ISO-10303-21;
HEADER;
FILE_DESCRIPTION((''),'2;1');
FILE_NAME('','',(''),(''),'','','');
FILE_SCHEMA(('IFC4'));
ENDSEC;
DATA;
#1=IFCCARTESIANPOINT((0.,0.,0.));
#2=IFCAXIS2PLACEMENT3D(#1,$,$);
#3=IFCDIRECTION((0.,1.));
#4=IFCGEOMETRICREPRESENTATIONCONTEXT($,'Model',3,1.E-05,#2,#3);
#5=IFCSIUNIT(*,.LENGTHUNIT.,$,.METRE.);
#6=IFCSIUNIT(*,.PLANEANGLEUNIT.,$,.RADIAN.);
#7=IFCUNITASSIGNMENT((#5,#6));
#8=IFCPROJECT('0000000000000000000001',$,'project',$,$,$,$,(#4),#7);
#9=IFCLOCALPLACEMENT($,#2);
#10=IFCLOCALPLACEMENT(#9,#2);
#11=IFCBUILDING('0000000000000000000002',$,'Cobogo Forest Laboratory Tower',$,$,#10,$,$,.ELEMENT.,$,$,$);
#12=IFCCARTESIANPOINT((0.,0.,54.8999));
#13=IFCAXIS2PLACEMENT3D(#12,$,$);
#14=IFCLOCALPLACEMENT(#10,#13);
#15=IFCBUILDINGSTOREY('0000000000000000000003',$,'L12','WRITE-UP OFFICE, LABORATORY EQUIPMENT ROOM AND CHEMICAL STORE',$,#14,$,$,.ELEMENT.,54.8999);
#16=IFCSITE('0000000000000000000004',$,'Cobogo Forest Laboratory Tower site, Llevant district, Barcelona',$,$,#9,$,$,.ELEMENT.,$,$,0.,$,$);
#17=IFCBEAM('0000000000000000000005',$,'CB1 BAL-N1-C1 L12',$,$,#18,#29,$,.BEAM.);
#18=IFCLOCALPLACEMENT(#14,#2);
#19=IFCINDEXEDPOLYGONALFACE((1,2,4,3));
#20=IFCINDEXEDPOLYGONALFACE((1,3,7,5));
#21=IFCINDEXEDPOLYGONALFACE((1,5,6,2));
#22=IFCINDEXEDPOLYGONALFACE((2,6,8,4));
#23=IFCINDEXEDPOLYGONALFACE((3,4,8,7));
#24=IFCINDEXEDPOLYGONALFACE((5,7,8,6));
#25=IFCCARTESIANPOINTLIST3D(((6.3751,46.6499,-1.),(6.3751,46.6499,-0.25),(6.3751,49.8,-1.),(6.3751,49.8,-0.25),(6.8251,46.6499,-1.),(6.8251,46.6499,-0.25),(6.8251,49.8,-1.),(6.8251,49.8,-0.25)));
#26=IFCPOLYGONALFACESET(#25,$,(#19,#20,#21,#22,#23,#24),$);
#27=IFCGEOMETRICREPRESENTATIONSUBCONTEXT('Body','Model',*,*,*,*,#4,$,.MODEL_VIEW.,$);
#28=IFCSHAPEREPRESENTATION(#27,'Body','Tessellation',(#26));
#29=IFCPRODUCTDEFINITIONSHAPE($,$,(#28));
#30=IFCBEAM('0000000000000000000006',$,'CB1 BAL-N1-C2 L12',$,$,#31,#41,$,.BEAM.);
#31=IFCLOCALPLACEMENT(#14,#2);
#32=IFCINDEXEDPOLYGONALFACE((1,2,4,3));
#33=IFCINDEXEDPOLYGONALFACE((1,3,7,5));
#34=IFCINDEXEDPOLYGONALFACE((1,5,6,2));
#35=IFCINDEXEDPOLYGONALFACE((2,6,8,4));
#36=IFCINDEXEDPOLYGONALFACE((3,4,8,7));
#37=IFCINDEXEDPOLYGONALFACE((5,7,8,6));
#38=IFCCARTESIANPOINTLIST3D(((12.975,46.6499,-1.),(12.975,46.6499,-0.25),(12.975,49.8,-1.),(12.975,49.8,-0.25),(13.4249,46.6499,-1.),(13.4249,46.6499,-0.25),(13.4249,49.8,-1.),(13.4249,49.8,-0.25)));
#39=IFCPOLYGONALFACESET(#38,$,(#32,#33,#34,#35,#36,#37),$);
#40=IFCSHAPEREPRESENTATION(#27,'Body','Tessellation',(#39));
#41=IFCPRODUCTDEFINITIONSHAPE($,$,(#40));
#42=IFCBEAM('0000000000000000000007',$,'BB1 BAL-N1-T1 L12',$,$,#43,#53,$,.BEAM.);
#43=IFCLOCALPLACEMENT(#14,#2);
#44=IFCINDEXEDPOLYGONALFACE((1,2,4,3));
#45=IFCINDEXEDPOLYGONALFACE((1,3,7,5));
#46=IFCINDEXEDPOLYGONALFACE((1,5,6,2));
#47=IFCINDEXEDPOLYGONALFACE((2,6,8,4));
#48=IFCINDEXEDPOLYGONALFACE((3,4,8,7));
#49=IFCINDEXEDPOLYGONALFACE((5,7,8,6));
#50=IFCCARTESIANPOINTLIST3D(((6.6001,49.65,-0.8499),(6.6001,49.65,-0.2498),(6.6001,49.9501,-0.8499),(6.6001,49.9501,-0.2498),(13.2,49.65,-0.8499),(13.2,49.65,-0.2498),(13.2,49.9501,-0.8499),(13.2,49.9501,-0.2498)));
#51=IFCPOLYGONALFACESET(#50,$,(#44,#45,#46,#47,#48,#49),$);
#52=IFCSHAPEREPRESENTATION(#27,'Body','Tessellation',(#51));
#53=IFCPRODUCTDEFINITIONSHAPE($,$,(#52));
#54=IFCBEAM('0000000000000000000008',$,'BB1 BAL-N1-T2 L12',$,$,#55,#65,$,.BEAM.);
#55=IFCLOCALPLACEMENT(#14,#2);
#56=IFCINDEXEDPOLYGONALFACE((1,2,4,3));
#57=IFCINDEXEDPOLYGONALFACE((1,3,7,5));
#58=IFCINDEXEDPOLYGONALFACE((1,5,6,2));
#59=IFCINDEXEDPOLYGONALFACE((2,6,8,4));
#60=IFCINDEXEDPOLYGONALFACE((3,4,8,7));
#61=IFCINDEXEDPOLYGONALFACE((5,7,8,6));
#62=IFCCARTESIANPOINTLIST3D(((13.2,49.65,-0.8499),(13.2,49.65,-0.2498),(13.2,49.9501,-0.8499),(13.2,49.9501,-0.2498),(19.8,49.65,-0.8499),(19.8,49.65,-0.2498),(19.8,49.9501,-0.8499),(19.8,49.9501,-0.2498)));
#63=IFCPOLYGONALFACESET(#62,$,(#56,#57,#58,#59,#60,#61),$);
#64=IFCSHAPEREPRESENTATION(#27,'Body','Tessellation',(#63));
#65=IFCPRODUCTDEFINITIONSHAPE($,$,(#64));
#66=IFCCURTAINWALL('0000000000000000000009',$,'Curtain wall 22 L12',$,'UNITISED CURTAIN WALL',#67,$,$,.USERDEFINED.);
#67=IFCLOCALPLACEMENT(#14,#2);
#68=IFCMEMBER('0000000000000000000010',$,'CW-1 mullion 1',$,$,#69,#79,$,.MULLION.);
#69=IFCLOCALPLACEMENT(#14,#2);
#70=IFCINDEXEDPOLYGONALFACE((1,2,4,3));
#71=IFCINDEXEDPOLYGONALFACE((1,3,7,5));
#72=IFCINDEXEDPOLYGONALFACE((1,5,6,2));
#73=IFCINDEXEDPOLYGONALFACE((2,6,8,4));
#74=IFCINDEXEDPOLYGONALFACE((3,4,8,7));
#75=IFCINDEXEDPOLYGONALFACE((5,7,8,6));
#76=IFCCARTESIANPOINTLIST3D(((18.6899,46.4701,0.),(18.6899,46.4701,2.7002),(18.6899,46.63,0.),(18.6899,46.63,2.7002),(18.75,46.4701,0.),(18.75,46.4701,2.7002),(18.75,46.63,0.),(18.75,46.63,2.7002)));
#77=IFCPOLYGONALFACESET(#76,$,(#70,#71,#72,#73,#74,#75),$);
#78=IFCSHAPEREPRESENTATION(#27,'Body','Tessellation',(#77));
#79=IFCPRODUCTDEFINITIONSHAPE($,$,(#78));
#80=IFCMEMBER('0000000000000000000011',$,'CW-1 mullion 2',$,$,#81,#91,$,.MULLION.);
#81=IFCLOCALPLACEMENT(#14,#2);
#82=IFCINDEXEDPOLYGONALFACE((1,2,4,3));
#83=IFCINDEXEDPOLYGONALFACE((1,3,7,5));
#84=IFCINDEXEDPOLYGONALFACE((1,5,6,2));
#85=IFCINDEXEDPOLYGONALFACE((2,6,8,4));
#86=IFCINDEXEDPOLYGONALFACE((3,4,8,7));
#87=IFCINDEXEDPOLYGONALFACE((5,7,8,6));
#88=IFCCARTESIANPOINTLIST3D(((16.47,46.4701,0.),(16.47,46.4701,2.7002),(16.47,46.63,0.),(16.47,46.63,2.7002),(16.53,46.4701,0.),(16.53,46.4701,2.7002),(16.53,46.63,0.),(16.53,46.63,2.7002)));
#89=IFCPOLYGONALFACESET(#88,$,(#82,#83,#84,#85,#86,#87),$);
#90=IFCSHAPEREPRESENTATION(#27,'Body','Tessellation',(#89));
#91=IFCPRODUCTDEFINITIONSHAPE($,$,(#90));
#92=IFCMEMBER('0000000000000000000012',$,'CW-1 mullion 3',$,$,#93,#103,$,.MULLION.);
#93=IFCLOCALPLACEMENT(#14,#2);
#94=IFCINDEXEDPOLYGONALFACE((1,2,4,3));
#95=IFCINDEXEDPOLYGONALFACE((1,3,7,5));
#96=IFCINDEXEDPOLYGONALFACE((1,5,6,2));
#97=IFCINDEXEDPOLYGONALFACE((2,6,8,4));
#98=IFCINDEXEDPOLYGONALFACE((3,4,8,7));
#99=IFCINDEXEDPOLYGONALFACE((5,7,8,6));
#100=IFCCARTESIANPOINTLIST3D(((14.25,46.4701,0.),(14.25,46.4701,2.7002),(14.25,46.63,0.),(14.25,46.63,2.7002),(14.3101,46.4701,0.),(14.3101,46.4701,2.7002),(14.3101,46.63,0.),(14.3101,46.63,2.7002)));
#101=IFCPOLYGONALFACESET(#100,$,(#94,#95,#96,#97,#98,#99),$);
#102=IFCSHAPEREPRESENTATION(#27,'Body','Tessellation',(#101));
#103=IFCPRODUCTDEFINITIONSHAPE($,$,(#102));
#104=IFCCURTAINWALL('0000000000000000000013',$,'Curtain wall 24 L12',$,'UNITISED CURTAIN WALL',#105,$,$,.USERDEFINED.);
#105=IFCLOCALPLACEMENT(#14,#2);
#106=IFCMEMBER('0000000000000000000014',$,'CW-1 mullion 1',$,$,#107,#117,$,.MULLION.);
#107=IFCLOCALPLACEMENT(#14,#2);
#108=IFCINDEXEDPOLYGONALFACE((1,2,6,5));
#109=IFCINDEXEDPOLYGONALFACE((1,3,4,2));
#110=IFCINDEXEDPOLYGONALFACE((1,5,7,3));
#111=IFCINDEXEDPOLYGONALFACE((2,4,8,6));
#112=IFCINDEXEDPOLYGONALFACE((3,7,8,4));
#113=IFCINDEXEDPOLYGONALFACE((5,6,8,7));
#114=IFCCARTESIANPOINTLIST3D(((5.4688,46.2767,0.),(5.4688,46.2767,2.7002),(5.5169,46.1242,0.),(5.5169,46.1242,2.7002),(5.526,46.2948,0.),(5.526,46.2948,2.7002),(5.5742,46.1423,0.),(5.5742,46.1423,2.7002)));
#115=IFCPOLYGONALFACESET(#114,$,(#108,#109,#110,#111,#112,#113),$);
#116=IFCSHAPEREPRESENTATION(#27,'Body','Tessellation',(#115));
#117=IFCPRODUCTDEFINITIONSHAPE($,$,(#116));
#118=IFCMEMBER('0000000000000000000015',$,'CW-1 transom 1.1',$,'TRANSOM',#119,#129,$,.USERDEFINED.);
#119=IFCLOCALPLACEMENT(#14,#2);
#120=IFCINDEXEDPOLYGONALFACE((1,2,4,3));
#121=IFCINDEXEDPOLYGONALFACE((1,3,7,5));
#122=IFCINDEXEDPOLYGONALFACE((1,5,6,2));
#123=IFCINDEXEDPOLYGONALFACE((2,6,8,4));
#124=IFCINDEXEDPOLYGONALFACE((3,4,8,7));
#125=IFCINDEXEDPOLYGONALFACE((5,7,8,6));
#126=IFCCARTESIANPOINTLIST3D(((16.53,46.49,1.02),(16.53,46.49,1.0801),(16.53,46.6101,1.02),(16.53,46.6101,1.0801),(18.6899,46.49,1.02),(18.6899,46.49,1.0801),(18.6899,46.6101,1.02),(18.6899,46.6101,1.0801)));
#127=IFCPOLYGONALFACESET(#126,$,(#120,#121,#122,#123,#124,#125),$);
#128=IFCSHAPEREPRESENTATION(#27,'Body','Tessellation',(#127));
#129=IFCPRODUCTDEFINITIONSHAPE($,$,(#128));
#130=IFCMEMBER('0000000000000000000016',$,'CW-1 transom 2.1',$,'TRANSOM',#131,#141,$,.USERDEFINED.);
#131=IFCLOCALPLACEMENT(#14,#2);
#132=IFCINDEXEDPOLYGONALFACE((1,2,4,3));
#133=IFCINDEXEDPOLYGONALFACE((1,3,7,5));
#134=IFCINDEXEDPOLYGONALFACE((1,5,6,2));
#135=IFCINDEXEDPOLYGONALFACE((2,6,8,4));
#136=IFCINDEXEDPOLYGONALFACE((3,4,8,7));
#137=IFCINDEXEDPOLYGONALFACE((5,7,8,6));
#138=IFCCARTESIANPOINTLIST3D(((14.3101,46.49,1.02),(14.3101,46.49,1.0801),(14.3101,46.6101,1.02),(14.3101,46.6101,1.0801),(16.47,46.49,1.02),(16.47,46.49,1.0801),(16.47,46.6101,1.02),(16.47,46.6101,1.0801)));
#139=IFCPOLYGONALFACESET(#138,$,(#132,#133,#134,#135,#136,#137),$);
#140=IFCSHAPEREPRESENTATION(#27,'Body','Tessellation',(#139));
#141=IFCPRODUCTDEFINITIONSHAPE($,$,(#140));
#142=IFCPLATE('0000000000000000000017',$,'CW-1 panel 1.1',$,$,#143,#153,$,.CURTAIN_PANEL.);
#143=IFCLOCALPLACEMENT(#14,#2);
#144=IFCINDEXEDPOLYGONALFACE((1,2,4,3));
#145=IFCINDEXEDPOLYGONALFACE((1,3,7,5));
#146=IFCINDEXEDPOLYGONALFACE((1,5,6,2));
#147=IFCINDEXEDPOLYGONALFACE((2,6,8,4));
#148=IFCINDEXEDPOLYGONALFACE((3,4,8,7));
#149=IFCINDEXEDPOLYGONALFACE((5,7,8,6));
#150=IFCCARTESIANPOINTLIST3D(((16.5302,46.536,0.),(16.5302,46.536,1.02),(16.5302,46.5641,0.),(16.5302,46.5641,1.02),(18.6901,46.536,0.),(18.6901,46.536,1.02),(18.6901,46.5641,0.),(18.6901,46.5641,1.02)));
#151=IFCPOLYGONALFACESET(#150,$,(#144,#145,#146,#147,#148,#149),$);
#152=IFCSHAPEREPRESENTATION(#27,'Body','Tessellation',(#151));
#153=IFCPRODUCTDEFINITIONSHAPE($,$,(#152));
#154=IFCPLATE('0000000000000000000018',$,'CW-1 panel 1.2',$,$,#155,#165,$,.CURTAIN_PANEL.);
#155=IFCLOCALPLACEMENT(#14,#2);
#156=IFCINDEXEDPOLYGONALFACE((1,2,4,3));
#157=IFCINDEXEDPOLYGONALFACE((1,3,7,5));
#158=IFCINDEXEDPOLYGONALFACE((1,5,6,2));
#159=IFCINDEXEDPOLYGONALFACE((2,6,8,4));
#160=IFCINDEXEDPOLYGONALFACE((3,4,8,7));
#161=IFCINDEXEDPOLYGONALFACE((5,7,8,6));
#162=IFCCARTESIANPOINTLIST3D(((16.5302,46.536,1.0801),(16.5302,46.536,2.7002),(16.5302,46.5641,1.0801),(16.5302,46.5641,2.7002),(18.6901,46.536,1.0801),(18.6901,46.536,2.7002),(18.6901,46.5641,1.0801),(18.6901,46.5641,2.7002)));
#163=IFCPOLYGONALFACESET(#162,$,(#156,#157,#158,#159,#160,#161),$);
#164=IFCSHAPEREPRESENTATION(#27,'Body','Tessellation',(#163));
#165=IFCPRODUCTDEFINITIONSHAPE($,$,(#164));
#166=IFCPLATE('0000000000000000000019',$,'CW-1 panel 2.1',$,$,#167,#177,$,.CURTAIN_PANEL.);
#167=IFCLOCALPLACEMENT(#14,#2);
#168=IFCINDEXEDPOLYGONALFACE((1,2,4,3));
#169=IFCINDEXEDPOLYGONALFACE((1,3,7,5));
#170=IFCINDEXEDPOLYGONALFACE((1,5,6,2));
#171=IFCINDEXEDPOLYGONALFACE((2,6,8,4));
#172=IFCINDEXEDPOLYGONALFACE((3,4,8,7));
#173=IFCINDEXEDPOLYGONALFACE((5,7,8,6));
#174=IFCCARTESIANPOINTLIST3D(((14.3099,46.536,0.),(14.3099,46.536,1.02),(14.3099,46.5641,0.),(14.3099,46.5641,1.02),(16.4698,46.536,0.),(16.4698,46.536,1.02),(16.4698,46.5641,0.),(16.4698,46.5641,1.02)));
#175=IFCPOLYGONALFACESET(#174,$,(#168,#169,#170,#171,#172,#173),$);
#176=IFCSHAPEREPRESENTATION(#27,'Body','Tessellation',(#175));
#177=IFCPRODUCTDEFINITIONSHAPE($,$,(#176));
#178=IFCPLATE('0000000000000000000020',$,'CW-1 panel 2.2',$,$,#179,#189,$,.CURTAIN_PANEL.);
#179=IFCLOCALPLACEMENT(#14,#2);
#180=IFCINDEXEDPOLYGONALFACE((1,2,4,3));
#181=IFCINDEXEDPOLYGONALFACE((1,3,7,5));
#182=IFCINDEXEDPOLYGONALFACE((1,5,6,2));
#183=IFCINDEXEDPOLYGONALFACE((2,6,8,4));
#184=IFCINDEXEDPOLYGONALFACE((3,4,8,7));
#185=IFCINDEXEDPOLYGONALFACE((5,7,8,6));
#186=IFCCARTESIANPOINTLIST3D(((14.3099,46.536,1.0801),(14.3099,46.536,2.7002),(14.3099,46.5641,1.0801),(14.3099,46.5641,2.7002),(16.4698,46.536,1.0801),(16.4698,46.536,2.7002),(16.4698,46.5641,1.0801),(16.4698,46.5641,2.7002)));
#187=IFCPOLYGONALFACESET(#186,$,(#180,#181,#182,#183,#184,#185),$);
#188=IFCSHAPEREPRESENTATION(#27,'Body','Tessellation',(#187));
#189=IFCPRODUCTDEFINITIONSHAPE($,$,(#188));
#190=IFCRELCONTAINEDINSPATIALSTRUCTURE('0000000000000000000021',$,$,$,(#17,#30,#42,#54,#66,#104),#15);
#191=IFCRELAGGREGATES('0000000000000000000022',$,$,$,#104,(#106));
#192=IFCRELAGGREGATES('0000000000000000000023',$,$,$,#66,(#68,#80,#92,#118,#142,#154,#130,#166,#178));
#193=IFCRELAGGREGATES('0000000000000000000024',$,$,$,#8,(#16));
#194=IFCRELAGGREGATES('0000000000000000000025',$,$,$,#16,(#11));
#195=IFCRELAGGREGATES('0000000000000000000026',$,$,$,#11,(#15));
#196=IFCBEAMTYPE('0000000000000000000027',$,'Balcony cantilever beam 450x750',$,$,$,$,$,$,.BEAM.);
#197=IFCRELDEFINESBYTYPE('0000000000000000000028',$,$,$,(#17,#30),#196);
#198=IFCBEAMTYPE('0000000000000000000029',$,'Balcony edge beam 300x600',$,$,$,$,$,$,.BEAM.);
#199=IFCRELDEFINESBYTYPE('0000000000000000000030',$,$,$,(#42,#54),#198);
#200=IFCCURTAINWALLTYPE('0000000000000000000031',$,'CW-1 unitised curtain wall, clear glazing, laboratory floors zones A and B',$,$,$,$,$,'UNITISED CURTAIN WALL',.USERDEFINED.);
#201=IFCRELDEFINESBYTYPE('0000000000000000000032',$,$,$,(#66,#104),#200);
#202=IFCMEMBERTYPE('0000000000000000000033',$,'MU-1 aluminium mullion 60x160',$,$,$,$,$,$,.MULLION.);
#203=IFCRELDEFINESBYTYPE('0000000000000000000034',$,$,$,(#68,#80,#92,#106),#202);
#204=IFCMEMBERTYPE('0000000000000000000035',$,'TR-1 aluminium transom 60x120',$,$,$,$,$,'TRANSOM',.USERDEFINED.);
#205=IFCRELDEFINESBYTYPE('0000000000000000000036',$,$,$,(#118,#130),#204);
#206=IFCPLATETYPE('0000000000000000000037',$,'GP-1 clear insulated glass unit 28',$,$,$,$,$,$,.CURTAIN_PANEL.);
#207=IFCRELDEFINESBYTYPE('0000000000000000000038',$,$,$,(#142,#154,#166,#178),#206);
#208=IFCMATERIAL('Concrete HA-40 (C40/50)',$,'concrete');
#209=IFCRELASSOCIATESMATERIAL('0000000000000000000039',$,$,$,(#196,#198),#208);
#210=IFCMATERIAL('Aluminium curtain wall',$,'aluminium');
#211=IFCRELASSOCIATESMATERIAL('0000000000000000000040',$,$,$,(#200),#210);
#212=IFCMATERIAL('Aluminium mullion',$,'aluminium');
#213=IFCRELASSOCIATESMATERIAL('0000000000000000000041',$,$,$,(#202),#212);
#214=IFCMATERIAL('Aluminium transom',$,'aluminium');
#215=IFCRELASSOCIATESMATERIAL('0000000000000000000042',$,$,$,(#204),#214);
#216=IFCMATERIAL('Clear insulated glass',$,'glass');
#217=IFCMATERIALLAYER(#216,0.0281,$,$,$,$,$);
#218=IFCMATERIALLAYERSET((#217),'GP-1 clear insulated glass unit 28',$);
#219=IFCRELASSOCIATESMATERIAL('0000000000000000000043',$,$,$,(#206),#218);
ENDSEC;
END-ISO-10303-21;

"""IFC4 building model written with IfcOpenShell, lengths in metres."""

from ifc_helpers import new_model, si_unit, direction, frame, origin, origin_2d, place, context, subcontext, project, spatial, rectangle, extrude, material, layer, layer_set, material_profile, profile_set, type_object, element, aggregate, save


model = new_model("IFC4")

# Units and contexts
model_context = context("Model", 3, precision=1e-05, world=origin(), true_north=direction((0.0, 1.0)))
body_context = subcontext(model_context, "Body", "Model", "MODEL_VIEW")
ifc_project = project(units=[si_unit("LENGTHUNIT", "METRE"), si_unit("PLANEANGLEUNIT", "RADIAN")], contexts=[model_context])

# Site, building, storey
site_placement = place(None, origin())
site = spatial("IfcSite", under=ifc_project, at=site_placement, Name="Cobogo Forest Laboratory Tower site, Llevant district, Barcelona", CompositionType="ELEMENT", RefElevation=0.0)
building_placement = place(site_placement, origin())
building = spatial("IfcBuilding", under=site, at=building_placement, Name="Cobogo Forest Laboratory Tower", CompositionType="ELEMENT")
storey_placement = place(building_placement, frame((0.0, 0.0, 54.8999)))
storey = spatial("IfcBuildingStorey", under=building, at=storey_placement, Name="L12", Description="WRITE-UP OFFICE, LABORATORY EQUIPMENT ROOM AND CHEMICAL STORE", CompositionType="ELEMENT", Elevation=54.8999)

# Beams
ifc_material_1 = material(Name="Concrete HA-40 (C40/50)", Category="concrete")
ifc_material_profile_1 = material_profile(ifc_material_1, rectangle(XDim=0.45, YDim=0.75, at=origin_2d()), Name="RC 450x750")
ifc_profile_set_1 = profile_set([ifc_material_profile_1], Name="Concrete HA-40 (C40/50)")
beam_type_1 = type_object("IfcBeamType", Name="Balcony cantilever beam 450x750", PredefinedType="BEAM", material=ifc_profile_set_1)
for number, where, z_axis, x_axis, name in (
    (1, (6.6001, 46.6499, -0.625), (0.0, 1.0, 0.0), (-1.0, 0.0, 0.0), "CB1 BAL-N1-C1 L12"),
    (2, (13.2, 46.6499, -0.625), (0.0, 1.0, 0.0), (-1.0, 0.0, 0.0), "CB1 BAL-N1-C2 L12"),
):
    element("IfcBeam", number, at=place(storey_placement, frame(where, z_axis=z_axis, x_axis=x_axis)), inside=storey, type_object=beam_type_1, Name=name, PredefinedType="BEAM", context=body_context, shape_type="SweptSolid", body=[
        extrude(rectangle(XDim=0.45, YDim=0.75, at=origin_2d()), origin(), (0.0, 0.0, 1.0), 3.1501),
    ])
ifc_material_profile_2 = material_profile(ifc_material_1, rectangle(XDim=0.3, YDim=0.6001, at=origin_2d()), Name="RC 300x600")
ifc_profile_set_2 = profile_set([ifc_material_profile_2], Name="Concrete HA-40 (C40/50)")
beam_type_2 = type_object("IfcBeamType", Name="Balcony edge beam 300x600", PredefinedType="BEAM", material=ifc_profile_set_2)
beam_1_placement = place(storey_placement, frame((6.6001, 49.8, -0.5498), z_axis=(1.0, 0.0, 0.0), x_axis=(0.0, 1.0, 0.0)))
element("IfcBeam", 3, at=beam_1_placement, inside=storey, type_object=beam_type_2, Name="BB1 BAL-N1-T1 L12", PredefinedType="BEAM", context=body_context, shape_type="SweptSolid", body=[
    extrude(rectangle(XDim=0.3, YDim=0.6001, at=origin_2d()), origin(), (0.0, 0.0, 1.0), 6.5999),
])
beam_2_placement = place(storey_placement, frame((13.2, 49.8, -0.5498), z_axis=(1.0, 0.0, 0.0), x_axis=(0.0, 1.0, 0.0)))
element("IfcBeam", 4, at=beam_2_placement, inside=storey, type_object=beam_type_2, Name="BB1 BAL-N1-T2 L12", PredefinedType="BEAM", context=body_context, shape_type="SweptSolid", body=[
    extrude(rectangle(XDim=0.3, YDim=0.6001, at=origin_2d()), origin(), (0.0, 0.0, 1.0), 6.6001),
])

# Curtain wall, members
ifc_material_2 = material(Name="Aluminium curtain wall", Category="aluminium")
curtain_wall_type = type_object("IfcCurtainWallType", Name="CW-1 unitised curtain wall, clear glazing, laboratory floors zones A and B", ElementType="UNITISED CURTAIN WALL", PredefinedType="USERDEFINED", material=ifc_material_2)
curtain_wall_1_placement = place(storey_placement, origin())
curtain_wall_1 = element("IfcCurtainWall", 5, at=curtain_wall_1_placement, inside=storey, type_object=curtain_wall_type, Name="Curtain wall 22 L12", ObjectType="UNITISED CURTAIN WALL", PredefinedType="USERDEFINED")
ifc_material_3 = material(Name="Aluminium mullion", Category="aluminium")
ifc_material_profile_3 = material_profile(ifc_material_3, rectangle(XDim=0.0601, YDim=0.1599, at=origin_2d()), Name="AL 60x160")
ifc_profile_set_3 = profile_set([ifc_material_profile_3], Name="Aluminium mullion")
member_type_1 = type_object("IfcMemberType", Name="MU-1 aluminium mullion 60x160", PredefinedType="MULLION", material=ifc_profile_set_3)
member_1_placement = place(storey_placement, frame((18.72, 46.55, 0.0), z_axis=(0.0, 0.0, 1.0), x_axis=(-1.0, 0.0, 0.0)))
member_1 = element("IfcMember", 6, at=member_1_placement, type_object=member_type_1, Name="CW-1 mullion 1", PredefinedType="MULLION", context=body_context, shape_type="SweptSolid", body=[
    extrude(rectangle(XDim=0.0601, YDim=0.1599, at=origin_2d()), origin(), (0.0, 0.0, 1.0), 2.7002),
])
member_2_placement = place(storey_placement, frame((16.5, 46.55, 0.0), z_axis=(0.0, 0.0, 1.0), x_axis=(-1.0, 0.0, 0.0)))
member_2 = element("IfcMember", 7, at=member_2_placement, type_object=member_type_1, Name="CW-1 mullion 2", PredefinedType="MULLION", context=body_context, shape_type="SweptSolid", body=[
    extrude(rectangle(XDim=0.0601, YDim=0.1599, at=origin_2d()), origin(), (0.0, 0.0, 1.0), 2.7002),
])
member_3_placement = place(storey_placement, frame((14.28, 46.55, 0.0), z_axis=(0.0, 0.0, 1.0), x_axis=(-1.0, 0.0, 0.0)))
member_3 = element("IfcMember", 8, at=member_3_placement, type_object=member_type_1, Name="CW-1 mullion 3", PredefinedType="MULLION", context=body_context, shape_type="SweptSolid", body=[
    extrude(rectangle(XDim=0.0601, YDim=0.1599, at=origin_2d()), origin(), (0.0, 0.0, 1.0), 2.7002),
])

# Curtain wall, member
curtain_wall_2_placement = place(storey_placement, origin())
curtain_wall_2 = element("IfcCurtainWall", 9, at=curtain_wall_2_placement, inside=storey, type_object=curtain_wall_type, Name="Curtain wall 24 L12", ObjectType="UNITISED CURTAIN WALL", PredefinedType="USERDEFINED")
member_4_placement = place(storey_placement, frame((5.5215, 46.2095, 0.0), z_axis=(0.0, 0.0, 1.0), x_axis=(-0.953582, -0.301135, 0.0)))
member_4 = element("IfcMember", 10, at=member_4_placement, type_object=member_type_1, Name="CW-1 mullion 1", PredefinedType="MULLION", context=body_context, shape_type="SweptSolid", body=[
    extrude(rectangle(XDim=0.0601, YDim=0.1599, at=origin_2d()), origin(), (0.0, 0.0, 1.0), 2.7002),
])
aggregate(curtain_wall_2, [member_4])

# Members
ifc_material_4 = material(Name="Aluminium transom", Category="aluminium")
ifc_material_profile_4 = material_profile(ifc_material_4, rectangle(XDim=0.1201, YDim=0.0601, at=origin_2d()), Name="AL 60x120")
ifc_profile_set_4 = profile_set([ifc_material_profile_4], Name="Aluminium transom")
member_type_2 = type_object("IfcMemberType", Name="TR-1 aluminium transom 60x120", ElementType="TRANSOM", PredefinedType="USERDEFINED", material=ifc_profile_set_4)
member_5_placement = place(storey_placement, frame((18.6899, 46.55, 1.05), z_axis=(-1.0, 0.0, 0.0), x_axis=(0.0, -1.0, 0.0)))
member_5 = element("IfcMember", 11, at=member_5_placement, type_object=member_type_2, Name="CW-1 transom 1.1", ObjectType="TRANSOM", PredefinedType="USERDEFINED", context=body_context, shape_type="SweptSolid", body=[
    extrude(rectangle(XDim=0.1201, YDim=0.0601, at=origin_2d()), origin(), (0.0, 0.0, 1.0), 2.1599),
])
member_6_placement = place(storey_placement, frame((16.47, 46.55, 1.05), z_axis=(-1.0, 0.0, 0.0), x_axis=(0.0, -1.0, 0.0)))
member_6 = element("IfcMember", 12, at=member_6_placement, type_object=member_type_2, Name="CW-1 transom 2.1", ObjectType="TRANSOM", PredefinedType="USERDEFINED", context=body_context, shape_type="SweptSolid", body=[
    extrude(rectangle(XDim=0.1201, YDim=0.0601, at=origin_2d()), origin(), (0.0, 0.0, 1.0), 2.1599),
])

# Plates
ifc_material_5 = material(Name="Clear insulated glass", Category="glass")
ifc_layer_1 = layer(ifc_material_5, 0.0281)
ifc_layer_set_1 = layer_set([ifc_layer_1], Name="GP-1 clear insulated glass unit 28")
plate_type = type_object("IfcPlateType", Name="GP-1 clear insulated glass unit 28", PredefinedType="CURTAIN_PANEL", material=ifc_layer_set_1)
plate_1_placement = place(storey_placement, frame((17.6101, 46.55, 0.0), z_axis=(0.0, 0.0, 1.0), x_axis=(-1.0, 0.0, 0.0)))
plate_1 = element("IfcPlate", 13, at=plate_1_placement, type_object=plate_type, Name="CW-1 panel 1.1", PredefinedType="CURTAIN_PANEL", context=body_context, shape_type="SweptSolid", body=[
    extrude(rectangle(XDim=2.1599, YDim=0.0281, at=origin_2d()), origin(), (0.0, 0.0, 1.0), 1.02),
])
plate_2_placement = place(storey_placement, frame((17.6101, 46.55, 1.0801), z_axis=(0.0, 0.0, 1.0), x_axis=(-1.0, 0.0, 0.0)))
plate_2 = element("IfcPlate", 14, at=plate_2_placement, type_object=plate_type, Name="CW-1 panel 1.2", PredefinedType="CURTAIN_PANEL", context=body_context, shape_type="SweptSolid", body=[
    extrude(rectangle(XDim=2.1599, YDim=0.0281, at=origin_2d()), origin(), (0.0, 0.0, 1.0), 1.6201),
])
plate_3_placement = place(storey_placement, frame((15.3899, 46.55, 0.0), z_axis=(0.0, 0.0, 1.0), x_axis=(-1.0, 0.0, 0.0)))
plate_3 = element("IfcPlate", 15, at=plate_3_placement, type_object=plate_type, Name="CW-1 panel 2.1", PredefinedType="CURTAIN_PANEL", context=body_context, shape_type="SweptSolid", body=[
    extrude(rectangle(XDim=2.1599, YDim=0.0281, at=origin_2d()), origin(), (0.0, 0.0, 1.0), 1.02),
])
plate_4_placement = place(storey_placement, frame((15.3899, 46.55, 1.0801), z_axis=(0.0, 0.0, 1.0), x_axis=(-1.0, 0.0, 0.0)))
plate_4 = element("IfcPlate", 16, at=plate_4_placement, type_object=plate_type, Name="CW-1 panel 2.2", PredefinedType="CURTAIN_PANEL", context=body_context, shape_type="SweptSolid", body=[
    extrude(rectangle(XDim=2.1599, YDim=0.0281, at=origin_2d()), origin(), (0.0, 0.0, 1.0), 1.6201),
])
aggregate(curtain_wall_1, [member_1, member_2, member_3, member_5, plate_1, plate_2, member_6, plate_3, plate_4])

save(model, "model.ifc")
